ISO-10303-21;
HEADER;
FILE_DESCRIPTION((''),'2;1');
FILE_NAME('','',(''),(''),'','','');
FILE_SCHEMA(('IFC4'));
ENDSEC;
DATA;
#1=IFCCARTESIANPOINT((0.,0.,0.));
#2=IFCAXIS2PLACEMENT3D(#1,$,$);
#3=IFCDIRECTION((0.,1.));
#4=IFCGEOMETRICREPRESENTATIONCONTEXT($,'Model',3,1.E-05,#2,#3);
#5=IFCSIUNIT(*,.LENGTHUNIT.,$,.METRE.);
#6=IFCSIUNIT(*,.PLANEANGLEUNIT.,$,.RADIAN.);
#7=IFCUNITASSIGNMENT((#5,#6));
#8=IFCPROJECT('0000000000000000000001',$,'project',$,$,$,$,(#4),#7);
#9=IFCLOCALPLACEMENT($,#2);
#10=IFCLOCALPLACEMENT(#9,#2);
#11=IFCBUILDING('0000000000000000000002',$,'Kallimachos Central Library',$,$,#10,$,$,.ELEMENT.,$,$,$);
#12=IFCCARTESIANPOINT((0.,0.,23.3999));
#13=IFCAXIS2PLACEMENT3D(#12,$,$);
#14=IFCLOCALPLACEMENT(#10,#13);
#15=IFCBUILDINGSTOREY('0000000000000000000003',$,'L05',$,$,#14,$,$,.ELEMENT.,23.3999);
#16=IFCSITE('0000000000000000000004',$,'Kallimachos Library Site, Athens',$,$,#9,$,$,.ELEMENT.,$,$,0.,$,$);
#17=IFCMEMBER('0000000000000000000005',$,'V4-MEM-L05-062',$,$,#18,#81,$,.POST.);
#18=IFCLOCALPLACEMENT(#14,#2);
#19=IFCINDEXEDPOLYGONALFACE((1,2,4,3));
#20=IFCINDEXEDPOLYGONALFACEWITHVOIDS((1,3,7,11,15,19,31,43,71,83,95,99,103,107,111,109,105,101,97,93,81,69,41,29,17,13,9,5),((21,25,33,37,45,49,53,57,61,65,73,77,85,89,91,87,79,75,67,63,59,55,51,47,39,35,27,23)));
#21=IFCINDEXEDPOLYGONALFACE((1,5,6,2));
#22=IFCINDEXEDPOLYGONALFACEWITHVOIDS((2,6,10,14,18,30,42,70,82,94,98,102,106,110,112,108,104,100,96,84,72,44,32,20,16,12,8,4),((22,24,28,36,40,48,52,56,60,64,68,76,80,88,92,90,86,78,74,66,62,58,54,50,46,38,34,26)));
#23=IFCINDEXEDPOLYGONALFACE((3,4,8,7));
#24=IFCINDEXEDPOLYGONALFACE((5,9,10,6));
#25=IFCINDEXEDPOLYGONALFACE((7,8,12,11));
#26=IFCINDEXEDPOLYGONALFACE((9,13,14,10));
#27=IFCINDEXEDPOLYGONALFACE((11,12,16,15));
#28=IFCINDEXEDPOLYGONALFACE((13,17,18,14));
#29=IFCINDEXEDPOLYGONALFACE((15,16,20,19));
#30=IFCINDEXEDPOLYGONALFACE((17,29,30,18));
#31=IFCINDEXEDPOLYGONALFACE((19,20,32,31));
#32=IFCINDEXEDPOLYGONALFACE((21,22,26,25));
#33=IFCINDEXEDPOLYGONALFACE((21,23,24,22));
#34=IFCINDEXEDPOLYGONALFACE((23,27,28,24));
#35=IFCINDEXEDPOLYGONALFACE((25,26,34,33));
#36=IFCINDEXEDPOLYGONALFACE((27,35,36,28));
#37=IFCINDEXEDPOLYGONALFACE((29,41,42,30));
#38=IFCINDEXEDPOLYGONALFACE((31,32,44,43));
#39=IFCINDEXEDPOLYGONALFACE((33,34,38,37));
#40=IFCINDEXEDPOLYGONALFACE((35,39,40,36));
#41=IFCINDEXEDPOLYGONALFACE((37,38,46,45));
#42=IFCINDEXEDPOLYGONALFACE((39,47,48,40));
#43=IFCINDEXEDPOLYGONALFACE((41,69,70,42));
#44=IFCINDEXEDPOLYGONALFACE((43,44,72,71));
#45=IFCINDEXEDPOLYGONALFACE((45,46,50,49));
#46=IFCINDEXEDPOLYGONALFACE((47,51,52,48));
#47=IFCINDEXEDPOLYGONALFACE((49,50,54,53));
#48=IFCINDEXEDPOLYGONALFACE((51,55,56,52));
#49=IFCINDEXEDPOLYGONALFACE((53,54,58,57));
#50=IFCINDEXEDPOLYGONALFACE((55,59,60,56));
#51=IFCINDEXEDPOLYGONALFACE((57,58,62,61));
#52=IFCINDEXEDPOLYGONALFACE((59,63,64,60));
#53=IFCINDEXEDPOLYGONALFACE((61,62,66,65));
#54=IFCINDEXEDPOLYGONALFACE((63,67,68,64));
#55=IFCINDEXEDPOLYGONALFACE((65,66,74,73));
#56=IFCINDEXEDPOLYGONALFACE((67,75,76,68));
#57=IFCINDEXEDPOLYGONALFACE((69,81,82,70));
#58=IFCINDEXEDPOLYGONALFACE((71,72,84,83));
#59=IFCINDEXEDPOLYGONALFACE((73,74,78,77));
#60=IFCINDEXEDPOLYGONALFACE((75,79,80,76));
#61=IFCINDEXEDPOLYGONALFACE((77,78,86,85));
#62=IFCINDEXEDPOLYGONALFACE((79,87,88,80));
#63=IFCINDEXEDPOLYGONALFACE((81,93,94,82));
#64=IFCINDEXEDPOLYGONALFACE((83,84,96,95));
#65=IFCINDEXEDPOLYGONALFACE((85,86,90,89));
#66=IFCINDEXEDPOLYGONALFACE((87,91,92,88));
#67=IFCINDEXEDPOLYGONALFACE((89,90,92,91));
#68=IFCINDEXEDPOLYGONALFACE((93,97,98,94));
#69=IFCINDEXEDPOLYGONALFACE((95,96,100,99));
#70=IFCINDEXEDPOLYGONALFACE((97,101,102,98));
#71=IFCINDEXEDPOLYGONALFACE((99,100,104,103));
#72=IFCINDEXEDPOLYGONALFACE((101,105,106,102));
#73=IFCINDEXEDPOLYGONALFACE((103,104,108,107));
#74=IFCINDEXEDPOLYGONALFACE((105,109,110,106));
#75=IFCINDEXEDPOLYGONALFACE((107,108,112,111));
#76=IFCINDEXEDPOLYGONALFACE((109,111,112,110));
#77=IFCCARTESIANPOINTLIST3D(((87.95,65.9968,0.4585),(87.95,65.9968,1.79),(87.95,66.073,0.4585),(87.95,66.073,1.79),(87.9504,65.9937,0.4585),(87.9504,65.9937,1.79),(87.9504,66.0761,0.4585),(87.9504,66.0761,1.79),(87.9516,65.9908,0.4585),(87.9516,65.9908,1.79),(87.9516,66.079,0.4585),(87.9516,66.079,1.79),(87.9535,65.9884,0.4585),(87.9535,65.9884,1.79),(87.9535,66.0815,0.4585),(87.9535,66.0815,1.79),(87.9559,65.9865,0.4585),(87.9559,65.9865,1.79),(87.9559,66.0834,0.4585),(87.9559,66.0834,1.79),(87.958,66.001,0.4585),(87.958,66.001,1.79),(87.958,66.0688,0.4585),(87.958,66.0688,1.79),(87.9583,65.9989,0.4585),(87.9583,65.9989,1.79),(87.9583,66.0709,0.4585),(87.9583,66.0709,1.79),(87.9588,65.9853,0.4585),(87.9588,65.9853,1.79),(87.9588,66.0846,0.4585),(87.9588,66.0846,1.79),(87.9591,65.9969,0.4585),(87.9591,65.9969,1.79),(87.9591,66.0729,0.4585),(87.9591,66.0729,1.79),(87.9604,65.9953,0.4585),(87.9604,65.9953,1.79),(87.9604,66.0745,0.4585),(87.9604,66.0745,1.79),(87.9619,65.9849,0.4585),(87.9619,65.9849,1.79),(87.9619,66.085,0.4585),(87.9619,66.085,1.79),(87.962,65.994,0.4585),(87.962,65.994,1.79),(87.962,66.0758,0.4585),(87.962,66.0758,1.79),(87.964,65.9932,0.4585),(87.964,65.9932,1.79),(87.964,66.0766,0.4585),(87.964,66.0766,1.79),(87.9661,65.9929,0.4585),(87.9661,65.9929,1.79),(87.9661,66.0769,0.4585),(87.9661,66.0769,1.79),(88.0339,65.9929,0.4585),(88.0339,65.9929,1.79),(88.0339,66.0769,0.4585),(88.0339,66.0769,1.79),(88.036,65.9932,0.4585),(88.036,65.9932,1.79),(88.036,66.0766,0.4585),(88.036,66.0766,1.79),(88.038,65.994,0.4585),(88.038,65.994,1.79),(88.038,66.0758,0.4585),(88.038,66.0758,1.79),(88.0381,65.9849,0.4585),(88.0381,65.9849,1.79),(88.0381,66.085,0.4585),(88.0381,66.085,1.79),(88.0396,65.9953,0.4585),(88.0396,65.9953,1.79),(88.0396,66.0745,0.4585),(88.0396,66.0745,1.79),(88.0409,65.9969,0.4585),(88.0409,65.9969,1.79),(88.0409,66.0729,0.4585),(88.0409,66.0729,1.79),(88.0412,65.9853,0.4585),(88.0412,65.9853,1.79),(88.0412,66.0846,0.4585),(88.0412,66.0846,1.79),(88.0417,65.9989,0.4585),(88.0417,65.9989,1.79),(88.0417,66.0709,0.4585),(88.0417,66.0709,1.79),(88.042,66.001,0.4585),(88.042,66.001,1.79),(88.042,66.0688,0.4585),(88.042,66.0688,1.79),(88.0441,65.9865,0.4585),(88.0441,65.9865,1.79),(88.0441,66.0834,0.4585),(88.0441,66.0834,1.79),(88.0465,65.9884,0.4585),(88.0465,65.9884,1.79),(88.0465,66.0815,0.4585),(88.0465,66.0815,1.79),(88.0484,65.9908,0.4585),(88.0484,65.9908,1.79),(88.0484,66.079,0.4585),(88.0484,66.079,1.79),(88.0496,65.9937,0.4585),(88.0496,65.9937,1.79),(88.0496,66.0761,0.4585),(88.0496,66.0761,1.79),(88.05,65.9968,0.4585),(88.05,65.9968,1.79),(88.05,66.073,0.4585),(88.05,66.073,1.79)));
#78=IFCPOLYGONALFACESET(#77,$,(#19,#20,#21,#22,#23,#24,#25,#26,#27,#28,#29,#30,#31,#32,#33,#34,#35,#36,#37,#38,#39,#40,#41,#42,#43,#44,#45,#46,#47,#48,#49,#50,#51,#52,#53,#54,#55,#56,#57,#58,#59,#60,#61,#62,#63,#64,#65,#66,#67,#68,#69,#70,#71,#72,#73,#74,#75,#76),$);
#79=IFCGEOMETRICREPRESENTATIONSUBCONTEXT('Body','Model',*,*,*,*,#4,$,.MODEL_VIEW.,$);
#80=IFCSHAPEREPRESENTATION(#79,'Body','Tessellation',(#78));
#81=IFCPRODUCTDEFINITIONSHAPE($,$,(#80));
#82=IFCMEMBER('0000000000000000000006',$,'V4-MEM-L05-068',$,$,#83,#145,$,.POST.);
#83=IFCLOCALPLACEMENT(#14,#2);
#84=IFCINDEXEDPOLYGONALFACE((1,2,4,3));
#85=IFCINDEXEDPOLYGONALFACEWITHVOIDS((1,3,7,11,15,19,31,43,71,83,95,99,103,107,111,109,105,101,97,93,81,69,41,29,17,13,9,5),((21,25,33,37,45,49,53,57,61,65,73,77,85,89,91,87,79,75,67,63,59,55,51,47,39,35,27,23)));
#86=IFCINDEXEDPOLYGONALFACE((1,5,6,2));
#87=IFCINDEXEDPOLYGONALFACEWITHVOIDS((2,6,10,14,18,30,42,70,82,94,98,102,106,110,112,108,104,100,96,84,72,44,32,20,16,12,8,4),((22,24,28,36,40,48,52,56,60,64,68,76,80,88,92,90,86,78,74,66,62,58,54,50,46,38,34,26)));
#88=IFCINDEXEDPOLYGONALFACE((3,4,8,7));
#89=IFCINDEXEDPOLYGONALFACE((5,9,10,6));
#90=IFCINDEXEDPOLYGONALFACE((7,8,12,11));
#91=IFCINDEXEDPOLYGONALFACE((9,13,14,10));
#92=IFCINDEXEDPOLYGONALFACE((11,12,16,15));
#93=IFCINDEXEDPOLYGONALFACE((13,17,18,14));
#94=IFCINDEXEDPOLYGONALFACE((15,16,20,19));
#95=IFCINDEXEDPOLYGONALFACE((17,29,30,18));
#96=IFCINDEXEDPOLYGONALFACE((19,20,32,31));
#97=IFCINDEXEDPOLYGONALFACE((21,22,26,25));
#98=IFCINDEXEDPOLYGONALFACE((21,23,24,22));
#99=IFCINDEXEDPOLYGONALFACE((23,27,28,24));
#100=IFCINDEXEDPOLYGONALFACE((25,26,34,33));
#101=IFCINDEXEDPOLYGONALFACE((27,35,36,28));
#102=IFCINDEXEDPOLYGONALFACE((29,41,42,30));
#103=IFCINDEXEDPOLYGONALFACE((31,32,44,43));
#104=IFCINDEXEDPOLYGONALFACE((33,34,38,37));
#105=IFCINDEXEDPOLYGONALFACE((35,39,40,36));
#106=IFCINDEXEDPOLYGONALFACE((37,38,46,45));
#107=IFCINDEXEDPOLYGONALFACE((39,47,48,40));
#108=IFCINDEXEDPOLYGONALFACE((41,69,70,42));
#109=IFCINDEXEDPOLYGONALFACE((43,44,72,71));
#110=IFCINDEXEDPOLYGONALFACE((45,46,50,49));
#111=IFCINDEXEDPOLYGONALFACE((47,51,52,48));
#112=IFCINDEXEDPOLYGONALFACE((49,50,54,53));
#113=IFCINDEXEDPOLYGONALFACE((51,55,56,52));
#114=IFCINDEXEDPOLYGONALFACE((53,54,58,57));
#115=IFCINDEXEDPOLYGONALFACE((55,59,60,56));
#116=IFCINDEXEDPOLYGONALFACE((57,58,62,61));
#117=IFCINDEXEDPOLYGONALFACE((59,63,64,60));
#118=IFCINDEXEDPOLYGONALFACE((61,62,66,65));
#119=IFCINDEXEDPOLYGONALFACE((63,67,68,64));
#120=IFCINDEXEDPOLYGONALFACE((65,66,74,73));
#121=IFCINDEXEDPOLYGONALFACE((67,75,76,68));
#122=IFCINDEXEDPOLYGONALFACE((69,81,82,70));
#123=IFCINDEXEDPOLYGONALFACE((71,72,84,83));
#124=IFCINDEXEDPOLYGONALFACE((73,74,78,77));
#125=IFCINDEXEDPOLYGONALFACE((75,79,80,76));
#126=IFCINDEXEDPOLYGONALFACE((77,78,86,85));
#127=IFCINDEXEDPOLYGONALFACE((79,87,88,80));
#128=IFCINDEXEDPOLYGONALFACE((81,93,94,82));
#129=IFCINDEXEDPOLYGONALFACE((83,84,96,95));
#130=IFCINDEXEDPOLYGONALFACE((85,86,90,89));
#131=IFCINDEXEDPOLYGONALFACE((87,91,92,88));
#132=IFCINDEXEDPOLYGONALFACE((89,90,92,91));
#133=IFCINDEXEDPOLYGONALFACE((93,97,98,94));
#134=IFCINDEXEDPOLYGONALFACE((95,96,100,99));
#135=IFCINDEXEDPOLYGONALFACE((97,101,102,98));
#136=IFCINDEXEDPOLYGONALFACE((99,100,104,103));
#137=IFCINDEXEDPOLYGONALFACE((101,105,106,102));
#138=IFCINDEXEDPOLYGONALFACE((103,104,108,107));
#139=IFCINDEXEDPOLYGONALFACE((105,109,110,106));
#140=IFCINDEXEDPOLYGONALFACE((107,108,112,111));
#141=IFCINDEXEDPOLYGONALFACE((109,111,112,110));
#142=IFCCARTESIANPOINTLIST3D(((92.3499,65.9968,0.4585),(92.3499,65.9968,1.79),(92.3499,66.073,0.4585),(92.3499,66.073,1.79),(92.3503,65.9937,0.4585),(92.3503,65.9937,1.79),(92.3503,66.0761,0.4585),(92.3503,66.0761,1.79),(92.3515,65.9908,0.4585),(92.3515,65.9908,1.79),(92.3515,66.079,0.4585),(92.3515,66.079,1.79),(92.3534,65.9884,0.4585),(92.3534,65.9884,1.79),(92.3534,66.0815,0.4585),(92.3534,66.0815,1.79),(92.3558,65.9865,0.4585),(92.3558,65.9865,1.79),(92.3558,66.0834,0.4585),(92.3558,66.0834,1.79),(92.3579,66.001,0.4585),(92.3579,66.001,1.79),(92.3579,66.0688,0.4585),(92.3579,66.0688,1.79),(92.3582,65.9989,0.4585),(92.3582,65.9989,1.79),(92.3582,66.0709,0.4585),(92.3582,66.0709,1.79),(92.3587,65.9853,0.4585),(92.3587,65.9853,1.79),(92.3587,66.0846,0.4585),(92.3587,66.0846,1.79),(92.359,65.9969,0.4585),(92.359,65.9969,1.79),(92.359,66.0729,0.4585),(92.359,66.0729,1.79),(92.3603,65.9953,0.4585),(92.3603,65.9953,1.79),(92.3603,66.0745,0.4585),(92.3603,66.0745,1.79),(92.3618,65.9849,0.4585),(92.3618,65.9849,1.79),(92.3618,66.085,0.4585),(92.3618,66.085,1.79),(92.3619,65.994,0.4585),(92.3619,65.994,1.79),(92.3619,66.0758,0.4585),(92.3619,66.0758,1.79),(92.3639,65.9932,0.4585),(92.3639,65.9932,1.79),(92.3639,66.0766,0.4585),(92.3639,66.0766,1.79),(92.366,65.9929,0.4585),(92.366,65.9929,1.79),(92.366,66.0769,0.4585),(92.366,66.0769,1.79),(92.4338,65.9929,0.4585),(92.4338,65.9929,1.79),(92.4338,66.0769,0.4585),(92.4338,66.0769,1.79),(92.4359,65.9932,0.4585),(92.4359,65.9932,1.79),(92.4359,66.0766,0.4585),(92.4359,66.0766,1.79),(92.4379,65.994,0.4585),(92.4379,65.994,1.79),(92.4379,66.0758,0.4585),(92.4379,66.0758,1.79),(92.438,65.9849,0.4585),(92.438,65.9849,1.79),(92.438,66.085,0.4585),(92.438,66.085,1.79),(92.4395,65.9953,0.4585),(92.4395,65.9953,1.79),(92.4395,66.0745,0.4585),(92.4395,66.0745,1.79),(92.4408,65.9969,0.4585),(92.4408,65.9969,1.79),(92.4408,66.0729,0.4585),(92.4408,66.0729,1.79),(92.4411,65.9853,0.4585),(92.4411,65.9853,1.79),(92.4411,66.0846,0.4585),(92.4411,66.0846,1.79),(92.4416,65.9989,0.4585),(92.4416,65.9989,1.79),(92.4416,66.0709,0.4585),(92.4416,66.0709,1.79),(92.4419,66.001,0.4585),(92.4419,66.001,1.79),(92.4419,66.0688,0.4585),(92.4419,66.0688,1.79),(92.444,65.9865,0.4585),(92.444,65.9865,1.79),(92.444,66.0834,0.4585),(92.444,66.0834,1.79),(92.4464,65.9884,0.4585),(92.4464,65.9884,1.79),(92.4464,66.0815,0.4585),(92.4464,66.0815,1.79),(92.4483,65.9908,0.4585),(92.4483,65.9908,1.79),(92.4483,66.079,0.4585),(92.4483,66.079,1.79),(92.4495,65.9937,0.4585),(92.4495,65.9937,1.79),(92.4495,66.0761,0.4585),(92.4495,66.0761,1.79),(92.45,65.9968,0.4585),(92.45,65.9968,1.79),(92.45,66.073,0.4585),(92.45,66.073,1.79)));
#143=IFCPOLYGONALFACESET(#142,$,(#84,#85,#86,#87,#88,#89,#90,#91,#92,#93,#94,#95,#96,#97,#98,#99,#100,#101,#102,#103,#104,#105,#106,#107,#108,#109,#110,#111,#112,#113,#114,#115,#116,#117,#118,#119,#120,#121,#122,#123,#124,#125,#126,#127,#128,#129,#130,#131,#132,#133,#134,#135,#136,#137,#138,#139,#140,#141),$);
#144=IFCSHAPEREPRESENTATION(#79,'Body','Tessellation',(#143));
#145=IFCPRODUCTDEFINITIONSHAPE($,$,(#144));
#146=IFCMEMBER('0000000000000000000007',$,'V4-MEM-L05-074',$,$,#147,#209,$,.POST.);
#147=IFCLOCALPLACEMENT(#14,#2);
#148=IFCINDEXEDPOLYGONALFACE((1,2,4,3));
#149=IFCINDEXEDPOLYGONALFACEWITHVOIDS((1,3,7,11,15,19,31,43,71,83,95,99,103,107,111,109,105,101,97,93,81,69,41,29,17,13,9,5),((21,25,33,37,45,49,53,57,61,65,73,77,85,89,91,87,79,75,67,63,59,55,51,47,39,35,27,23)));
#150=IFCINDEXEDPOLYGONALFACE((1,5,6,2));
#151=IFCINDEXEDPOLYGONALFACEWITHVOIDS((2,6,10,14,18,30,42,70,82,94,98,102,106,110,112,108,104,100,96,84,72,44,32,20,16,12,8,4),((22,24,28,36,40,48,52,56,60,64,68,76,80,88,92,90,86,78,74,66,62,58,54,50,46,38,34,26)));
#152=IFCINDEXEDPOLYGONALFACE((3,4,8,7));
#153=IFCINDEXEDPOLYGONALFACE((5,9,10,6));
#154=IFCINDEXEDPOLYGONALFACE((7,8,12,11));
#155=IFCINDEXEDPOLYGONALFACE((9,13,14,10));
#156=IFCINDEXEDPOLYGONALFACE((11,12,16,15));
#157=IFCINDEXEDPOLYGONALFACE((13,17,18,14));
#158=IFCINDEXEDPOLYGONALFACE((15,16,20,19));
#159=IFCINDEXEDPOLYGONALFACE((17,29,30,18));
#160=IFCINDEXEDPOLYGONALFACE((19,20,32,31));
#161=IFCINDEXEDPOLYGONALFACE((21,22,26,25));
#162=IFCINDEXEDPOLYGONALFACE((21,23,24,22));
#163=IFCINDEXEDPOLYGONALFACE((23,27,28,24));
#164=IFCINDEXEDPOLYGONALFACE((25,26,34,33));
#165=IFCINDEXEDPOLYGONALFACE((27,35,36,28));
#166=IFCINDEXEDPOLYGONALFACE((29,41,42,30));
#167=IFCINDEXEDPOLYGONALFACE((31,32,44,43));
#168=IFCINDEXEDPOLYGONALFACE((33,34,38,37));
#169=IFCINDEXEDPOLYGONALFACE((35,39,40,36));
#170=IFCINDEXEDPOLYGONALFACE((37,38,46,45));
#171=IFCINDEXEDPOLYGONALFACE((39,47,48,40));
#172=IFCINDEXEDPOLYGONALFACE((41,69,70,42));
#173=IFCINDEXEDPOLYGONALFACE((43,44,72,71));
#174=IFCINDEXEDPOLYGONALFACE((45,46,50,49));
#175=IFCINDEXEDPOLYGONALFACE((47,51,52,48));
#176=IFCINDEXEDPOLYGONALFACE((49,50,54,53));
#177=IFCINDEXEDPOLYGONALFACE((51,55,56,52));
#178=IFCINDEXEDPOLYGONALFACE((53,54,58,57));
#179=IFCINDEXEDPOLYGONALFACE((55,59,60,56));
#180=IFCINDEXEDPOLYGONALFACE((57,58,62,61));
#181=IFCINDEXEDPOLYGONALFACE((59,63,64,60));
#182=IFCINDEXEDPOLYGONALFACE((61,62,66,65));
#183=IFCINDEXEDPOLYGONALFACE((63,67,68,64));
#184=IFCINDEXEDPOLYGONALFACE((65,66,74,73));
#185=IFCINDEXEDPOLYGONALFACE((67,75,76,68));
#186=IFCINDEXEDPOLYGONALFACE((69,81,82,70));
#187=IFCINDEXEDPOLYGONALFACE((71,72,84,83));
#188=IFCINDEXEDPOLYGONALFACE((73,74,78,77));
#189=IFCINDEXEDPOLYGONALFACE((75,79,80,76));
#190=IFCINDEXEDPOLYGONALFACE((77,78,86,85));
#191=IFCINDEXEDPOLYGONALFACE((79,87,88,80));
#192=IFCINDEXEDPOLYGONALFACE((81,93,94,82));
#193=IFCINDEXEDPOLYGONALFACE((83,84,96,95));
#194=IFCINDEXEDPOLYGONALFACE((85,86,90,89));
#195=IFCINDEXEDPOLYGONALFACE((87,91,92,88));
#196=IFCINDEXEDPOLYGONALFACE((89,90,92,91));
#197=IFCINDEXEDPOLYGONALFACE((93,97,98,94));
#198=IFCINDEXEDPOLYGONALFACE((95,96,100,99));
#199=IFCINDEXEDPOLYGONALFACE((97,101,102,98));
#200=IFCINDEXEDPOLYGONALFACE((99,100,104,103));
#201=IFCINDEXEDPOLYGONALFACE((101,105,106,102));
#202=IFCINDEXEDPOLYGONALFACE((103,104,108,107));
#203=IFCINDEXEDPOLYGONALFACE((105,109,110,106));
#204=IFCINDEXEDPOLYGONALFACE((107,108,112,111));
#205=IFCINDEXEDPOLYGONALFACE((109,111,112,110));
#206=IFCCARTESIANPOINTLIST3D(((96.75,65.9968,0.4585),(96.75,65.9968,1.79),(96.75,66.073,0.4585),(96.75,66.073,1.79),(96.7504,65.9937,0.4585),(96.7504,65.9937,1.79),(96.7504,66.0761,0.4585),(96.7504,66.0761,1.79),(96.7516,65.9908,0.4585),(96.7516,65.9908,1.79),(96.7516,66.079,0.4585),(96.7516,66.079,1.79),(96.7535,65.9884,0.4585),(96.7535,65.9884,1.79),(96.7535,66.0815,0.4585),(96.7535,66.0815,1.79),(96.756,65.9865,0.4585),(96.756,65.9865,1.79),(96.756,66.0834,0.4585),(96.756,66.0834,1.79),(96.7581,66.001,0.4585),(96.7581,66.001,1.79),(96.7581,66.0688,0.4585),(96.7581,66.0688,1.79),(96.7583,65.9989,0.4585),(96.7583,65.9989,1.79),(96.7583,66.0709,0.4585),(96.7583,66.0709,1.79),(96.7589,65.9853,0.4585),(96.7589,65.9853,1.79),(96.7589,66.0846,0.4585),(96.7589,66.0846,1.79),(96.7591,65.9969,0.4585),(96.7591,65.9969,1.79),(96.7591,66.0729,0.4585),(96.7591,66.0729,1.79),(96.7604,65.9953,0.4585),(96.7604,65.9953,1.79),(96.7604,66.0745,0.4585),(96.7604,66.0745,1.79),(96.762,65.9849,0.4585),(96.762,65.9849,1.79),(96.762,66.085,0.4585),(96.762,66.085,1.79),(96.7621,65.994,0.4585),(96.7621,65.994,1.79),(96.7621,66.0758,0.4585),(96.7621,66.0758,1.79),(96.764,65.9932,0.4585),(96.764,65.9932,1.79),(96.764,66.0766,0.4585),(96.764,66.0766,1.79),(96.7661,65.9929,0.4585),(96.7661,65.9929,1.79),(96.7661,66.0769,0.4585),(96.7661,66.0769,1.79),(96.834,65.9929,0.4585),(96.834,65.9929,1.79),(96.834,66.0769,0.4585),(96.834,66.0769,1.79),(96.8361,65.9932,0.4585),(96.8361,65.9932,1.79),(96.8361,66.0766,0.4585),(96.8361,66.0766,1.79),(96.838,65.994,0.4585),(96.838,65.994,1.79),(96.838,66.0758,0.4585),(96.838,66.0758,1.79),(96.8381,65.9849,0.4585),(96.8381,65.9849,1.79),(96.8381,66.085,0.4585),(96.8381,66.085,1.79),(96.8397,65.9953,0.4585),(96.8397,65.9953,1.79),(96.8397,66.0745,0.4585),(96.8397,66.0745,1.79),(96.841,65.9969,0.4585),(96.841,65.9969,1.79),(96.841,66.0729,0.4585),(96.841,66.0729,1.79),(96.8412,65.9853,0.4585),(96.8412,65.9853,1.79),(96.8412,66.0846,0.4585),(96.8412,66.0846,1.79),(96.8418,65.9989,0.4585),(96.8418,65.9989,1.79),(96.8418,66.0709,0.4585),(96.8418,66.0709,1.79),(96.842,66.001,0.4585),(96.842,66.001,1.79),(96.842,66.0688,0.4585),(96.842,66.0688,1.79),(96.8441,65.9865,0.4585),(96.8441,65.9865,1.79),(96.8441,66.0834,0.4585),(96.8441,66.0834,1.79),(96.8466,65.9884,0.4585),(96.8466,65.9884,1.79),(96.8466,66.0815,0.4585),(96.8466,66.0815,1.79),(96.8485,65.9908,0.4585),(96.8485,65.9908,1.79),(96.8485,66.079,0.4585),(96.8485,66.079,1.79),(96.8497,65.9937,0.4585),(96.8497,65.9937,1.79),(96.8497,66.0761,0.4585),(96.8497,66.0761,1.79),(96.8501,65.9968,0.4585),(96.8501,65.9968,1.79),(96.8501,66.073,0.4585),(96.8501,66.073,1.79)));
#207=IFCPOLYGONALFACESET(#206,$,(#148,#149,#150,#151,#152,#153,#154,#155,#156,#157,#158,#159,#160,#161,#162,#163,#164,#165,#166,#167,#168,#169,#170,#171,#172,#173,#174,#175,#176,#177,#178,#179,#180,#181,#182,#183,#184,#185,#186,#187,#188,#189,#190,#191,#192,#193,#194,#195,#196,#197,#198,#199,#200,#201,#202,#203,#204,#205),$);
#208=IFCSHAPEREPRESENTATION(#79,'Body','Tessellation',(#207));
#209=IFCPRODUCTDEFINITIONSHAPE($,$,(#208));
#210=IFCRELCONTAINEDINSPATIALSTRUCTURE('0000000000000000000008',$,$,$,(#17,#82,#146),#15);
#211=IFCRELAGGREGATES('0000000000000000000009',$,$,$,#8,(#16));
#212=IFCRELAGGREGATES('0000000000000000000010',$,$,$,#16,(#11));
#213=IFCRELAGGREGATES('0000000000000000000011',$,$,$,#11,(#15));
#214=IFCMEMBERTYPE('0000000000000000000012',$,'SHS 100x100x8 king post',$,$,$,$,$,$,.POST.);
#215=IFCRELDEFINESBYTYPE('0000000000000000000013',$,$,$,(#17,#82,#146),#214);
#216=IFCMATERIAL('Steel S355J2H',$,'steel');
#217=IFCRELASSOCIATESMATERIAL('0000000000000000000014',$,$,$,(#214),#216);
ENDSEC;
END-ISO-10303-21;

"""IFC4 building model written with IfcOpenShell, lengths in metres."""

from ifc_helpers import new_model, si_unit, direction, frame, origin, origin_2d, place, context, subcontext, project, spatial, hollow_rectangle, extrude, material, material_profile, profile_set, type_object, element, save


model = new_model("IFC4")

# Units and contexts
model_context = context("Model", 3, precision=1e-05, world=origin(), true_north=direction((0.0, 1.0)))
body_context = subcontext(model_context, "Body", "Model", "MODEL_VIEW")
ifc_project = project(units=[si_unit("LENGTHUNIT", "METRE"), si_unit("PLANEANGLEUNIT", "RADIAN")], contexts=[model_context])

# Site, building, storey
site_placement = place(None, origin())
site = spatial("IfcSite", under=ifc_project, at=site_placement, Name="Kallimachos Library Site, Athens", CompositionType="ELEMENT", RefElevation=0.0)
building_placement = place(site_placement, origin())
building = spatial("IfcBuilding", under=site, at=building_placement, Name="Kallimachos Central Library", CompositionType="ELEMENT")
storey_placement = place(building_placement, frame((0.0, 0.0, 23.3999)))
storey = spatial("IfcBuildingStorey", under=building, at=storey_placement, Name="L05", CompositionType="ELEMENT", Elevation=23.3999)

# Members
ifc_material_1 = material(Name="Steel S355J2H", Category="steel")
ifc_material_profile_1 = material_profile(ifc_material_1, hollow_rectangle(XDim=0.1001, YDim=0.1001, WallThickness=0.0081, InnerFilletRadius=0.0081, OuterFilletRadius=0.012, at=origin_2d()), Name="SHS 100x100x8")
ifc_profile_set_1 = profile_set([ifc_material_profile_1], Name="Steel S355J2H")
member_type_1 = type_object("IfcMemberType", Name="SHS 100x100x8 king post", PredefinedType="POST", material=ifc_profile_set_1)
for number, where, z_axis, x_axis, name in (
    (1, (88.0, 66.0349, 0.4585), (0.0, 0.0, 1.0), (1.0, 0.0, 0.0), "V4-MEM-L05-062"),
    (2, (92.3999, 66.0349, 0.4585), (0.0, 0.0, 1.0), (1.0, 0.0, 0.0), "V4-MEM-L05-068"),
    (3, (96.8, 66.0349, 0.4585), (0.0, 0.0, 1.0), (1.0, 0.0, 0.0), "V4-MEM-L05-074"),
):
    element("IfcMember", number, at=place(storey_placement, frame(where, z_axis=z_axis, x_axis=x_axis)), inside=storey, type_object=member_type_1, Name=name, PredefinedType="POST", context=body_context, shape_type="SweptSolid", body=[
        extrude(hollow_rectangle(XDim=0.1001, YDim=0.1001, WallThickness=0.0081, InnerFilletRadius=0.0081, OuterFilletRadius=0.012, at=origin_2d()), origin(), (0.0, 0.0, 1.0), 1.3315),
    ])

save(model, "model.ifc")
